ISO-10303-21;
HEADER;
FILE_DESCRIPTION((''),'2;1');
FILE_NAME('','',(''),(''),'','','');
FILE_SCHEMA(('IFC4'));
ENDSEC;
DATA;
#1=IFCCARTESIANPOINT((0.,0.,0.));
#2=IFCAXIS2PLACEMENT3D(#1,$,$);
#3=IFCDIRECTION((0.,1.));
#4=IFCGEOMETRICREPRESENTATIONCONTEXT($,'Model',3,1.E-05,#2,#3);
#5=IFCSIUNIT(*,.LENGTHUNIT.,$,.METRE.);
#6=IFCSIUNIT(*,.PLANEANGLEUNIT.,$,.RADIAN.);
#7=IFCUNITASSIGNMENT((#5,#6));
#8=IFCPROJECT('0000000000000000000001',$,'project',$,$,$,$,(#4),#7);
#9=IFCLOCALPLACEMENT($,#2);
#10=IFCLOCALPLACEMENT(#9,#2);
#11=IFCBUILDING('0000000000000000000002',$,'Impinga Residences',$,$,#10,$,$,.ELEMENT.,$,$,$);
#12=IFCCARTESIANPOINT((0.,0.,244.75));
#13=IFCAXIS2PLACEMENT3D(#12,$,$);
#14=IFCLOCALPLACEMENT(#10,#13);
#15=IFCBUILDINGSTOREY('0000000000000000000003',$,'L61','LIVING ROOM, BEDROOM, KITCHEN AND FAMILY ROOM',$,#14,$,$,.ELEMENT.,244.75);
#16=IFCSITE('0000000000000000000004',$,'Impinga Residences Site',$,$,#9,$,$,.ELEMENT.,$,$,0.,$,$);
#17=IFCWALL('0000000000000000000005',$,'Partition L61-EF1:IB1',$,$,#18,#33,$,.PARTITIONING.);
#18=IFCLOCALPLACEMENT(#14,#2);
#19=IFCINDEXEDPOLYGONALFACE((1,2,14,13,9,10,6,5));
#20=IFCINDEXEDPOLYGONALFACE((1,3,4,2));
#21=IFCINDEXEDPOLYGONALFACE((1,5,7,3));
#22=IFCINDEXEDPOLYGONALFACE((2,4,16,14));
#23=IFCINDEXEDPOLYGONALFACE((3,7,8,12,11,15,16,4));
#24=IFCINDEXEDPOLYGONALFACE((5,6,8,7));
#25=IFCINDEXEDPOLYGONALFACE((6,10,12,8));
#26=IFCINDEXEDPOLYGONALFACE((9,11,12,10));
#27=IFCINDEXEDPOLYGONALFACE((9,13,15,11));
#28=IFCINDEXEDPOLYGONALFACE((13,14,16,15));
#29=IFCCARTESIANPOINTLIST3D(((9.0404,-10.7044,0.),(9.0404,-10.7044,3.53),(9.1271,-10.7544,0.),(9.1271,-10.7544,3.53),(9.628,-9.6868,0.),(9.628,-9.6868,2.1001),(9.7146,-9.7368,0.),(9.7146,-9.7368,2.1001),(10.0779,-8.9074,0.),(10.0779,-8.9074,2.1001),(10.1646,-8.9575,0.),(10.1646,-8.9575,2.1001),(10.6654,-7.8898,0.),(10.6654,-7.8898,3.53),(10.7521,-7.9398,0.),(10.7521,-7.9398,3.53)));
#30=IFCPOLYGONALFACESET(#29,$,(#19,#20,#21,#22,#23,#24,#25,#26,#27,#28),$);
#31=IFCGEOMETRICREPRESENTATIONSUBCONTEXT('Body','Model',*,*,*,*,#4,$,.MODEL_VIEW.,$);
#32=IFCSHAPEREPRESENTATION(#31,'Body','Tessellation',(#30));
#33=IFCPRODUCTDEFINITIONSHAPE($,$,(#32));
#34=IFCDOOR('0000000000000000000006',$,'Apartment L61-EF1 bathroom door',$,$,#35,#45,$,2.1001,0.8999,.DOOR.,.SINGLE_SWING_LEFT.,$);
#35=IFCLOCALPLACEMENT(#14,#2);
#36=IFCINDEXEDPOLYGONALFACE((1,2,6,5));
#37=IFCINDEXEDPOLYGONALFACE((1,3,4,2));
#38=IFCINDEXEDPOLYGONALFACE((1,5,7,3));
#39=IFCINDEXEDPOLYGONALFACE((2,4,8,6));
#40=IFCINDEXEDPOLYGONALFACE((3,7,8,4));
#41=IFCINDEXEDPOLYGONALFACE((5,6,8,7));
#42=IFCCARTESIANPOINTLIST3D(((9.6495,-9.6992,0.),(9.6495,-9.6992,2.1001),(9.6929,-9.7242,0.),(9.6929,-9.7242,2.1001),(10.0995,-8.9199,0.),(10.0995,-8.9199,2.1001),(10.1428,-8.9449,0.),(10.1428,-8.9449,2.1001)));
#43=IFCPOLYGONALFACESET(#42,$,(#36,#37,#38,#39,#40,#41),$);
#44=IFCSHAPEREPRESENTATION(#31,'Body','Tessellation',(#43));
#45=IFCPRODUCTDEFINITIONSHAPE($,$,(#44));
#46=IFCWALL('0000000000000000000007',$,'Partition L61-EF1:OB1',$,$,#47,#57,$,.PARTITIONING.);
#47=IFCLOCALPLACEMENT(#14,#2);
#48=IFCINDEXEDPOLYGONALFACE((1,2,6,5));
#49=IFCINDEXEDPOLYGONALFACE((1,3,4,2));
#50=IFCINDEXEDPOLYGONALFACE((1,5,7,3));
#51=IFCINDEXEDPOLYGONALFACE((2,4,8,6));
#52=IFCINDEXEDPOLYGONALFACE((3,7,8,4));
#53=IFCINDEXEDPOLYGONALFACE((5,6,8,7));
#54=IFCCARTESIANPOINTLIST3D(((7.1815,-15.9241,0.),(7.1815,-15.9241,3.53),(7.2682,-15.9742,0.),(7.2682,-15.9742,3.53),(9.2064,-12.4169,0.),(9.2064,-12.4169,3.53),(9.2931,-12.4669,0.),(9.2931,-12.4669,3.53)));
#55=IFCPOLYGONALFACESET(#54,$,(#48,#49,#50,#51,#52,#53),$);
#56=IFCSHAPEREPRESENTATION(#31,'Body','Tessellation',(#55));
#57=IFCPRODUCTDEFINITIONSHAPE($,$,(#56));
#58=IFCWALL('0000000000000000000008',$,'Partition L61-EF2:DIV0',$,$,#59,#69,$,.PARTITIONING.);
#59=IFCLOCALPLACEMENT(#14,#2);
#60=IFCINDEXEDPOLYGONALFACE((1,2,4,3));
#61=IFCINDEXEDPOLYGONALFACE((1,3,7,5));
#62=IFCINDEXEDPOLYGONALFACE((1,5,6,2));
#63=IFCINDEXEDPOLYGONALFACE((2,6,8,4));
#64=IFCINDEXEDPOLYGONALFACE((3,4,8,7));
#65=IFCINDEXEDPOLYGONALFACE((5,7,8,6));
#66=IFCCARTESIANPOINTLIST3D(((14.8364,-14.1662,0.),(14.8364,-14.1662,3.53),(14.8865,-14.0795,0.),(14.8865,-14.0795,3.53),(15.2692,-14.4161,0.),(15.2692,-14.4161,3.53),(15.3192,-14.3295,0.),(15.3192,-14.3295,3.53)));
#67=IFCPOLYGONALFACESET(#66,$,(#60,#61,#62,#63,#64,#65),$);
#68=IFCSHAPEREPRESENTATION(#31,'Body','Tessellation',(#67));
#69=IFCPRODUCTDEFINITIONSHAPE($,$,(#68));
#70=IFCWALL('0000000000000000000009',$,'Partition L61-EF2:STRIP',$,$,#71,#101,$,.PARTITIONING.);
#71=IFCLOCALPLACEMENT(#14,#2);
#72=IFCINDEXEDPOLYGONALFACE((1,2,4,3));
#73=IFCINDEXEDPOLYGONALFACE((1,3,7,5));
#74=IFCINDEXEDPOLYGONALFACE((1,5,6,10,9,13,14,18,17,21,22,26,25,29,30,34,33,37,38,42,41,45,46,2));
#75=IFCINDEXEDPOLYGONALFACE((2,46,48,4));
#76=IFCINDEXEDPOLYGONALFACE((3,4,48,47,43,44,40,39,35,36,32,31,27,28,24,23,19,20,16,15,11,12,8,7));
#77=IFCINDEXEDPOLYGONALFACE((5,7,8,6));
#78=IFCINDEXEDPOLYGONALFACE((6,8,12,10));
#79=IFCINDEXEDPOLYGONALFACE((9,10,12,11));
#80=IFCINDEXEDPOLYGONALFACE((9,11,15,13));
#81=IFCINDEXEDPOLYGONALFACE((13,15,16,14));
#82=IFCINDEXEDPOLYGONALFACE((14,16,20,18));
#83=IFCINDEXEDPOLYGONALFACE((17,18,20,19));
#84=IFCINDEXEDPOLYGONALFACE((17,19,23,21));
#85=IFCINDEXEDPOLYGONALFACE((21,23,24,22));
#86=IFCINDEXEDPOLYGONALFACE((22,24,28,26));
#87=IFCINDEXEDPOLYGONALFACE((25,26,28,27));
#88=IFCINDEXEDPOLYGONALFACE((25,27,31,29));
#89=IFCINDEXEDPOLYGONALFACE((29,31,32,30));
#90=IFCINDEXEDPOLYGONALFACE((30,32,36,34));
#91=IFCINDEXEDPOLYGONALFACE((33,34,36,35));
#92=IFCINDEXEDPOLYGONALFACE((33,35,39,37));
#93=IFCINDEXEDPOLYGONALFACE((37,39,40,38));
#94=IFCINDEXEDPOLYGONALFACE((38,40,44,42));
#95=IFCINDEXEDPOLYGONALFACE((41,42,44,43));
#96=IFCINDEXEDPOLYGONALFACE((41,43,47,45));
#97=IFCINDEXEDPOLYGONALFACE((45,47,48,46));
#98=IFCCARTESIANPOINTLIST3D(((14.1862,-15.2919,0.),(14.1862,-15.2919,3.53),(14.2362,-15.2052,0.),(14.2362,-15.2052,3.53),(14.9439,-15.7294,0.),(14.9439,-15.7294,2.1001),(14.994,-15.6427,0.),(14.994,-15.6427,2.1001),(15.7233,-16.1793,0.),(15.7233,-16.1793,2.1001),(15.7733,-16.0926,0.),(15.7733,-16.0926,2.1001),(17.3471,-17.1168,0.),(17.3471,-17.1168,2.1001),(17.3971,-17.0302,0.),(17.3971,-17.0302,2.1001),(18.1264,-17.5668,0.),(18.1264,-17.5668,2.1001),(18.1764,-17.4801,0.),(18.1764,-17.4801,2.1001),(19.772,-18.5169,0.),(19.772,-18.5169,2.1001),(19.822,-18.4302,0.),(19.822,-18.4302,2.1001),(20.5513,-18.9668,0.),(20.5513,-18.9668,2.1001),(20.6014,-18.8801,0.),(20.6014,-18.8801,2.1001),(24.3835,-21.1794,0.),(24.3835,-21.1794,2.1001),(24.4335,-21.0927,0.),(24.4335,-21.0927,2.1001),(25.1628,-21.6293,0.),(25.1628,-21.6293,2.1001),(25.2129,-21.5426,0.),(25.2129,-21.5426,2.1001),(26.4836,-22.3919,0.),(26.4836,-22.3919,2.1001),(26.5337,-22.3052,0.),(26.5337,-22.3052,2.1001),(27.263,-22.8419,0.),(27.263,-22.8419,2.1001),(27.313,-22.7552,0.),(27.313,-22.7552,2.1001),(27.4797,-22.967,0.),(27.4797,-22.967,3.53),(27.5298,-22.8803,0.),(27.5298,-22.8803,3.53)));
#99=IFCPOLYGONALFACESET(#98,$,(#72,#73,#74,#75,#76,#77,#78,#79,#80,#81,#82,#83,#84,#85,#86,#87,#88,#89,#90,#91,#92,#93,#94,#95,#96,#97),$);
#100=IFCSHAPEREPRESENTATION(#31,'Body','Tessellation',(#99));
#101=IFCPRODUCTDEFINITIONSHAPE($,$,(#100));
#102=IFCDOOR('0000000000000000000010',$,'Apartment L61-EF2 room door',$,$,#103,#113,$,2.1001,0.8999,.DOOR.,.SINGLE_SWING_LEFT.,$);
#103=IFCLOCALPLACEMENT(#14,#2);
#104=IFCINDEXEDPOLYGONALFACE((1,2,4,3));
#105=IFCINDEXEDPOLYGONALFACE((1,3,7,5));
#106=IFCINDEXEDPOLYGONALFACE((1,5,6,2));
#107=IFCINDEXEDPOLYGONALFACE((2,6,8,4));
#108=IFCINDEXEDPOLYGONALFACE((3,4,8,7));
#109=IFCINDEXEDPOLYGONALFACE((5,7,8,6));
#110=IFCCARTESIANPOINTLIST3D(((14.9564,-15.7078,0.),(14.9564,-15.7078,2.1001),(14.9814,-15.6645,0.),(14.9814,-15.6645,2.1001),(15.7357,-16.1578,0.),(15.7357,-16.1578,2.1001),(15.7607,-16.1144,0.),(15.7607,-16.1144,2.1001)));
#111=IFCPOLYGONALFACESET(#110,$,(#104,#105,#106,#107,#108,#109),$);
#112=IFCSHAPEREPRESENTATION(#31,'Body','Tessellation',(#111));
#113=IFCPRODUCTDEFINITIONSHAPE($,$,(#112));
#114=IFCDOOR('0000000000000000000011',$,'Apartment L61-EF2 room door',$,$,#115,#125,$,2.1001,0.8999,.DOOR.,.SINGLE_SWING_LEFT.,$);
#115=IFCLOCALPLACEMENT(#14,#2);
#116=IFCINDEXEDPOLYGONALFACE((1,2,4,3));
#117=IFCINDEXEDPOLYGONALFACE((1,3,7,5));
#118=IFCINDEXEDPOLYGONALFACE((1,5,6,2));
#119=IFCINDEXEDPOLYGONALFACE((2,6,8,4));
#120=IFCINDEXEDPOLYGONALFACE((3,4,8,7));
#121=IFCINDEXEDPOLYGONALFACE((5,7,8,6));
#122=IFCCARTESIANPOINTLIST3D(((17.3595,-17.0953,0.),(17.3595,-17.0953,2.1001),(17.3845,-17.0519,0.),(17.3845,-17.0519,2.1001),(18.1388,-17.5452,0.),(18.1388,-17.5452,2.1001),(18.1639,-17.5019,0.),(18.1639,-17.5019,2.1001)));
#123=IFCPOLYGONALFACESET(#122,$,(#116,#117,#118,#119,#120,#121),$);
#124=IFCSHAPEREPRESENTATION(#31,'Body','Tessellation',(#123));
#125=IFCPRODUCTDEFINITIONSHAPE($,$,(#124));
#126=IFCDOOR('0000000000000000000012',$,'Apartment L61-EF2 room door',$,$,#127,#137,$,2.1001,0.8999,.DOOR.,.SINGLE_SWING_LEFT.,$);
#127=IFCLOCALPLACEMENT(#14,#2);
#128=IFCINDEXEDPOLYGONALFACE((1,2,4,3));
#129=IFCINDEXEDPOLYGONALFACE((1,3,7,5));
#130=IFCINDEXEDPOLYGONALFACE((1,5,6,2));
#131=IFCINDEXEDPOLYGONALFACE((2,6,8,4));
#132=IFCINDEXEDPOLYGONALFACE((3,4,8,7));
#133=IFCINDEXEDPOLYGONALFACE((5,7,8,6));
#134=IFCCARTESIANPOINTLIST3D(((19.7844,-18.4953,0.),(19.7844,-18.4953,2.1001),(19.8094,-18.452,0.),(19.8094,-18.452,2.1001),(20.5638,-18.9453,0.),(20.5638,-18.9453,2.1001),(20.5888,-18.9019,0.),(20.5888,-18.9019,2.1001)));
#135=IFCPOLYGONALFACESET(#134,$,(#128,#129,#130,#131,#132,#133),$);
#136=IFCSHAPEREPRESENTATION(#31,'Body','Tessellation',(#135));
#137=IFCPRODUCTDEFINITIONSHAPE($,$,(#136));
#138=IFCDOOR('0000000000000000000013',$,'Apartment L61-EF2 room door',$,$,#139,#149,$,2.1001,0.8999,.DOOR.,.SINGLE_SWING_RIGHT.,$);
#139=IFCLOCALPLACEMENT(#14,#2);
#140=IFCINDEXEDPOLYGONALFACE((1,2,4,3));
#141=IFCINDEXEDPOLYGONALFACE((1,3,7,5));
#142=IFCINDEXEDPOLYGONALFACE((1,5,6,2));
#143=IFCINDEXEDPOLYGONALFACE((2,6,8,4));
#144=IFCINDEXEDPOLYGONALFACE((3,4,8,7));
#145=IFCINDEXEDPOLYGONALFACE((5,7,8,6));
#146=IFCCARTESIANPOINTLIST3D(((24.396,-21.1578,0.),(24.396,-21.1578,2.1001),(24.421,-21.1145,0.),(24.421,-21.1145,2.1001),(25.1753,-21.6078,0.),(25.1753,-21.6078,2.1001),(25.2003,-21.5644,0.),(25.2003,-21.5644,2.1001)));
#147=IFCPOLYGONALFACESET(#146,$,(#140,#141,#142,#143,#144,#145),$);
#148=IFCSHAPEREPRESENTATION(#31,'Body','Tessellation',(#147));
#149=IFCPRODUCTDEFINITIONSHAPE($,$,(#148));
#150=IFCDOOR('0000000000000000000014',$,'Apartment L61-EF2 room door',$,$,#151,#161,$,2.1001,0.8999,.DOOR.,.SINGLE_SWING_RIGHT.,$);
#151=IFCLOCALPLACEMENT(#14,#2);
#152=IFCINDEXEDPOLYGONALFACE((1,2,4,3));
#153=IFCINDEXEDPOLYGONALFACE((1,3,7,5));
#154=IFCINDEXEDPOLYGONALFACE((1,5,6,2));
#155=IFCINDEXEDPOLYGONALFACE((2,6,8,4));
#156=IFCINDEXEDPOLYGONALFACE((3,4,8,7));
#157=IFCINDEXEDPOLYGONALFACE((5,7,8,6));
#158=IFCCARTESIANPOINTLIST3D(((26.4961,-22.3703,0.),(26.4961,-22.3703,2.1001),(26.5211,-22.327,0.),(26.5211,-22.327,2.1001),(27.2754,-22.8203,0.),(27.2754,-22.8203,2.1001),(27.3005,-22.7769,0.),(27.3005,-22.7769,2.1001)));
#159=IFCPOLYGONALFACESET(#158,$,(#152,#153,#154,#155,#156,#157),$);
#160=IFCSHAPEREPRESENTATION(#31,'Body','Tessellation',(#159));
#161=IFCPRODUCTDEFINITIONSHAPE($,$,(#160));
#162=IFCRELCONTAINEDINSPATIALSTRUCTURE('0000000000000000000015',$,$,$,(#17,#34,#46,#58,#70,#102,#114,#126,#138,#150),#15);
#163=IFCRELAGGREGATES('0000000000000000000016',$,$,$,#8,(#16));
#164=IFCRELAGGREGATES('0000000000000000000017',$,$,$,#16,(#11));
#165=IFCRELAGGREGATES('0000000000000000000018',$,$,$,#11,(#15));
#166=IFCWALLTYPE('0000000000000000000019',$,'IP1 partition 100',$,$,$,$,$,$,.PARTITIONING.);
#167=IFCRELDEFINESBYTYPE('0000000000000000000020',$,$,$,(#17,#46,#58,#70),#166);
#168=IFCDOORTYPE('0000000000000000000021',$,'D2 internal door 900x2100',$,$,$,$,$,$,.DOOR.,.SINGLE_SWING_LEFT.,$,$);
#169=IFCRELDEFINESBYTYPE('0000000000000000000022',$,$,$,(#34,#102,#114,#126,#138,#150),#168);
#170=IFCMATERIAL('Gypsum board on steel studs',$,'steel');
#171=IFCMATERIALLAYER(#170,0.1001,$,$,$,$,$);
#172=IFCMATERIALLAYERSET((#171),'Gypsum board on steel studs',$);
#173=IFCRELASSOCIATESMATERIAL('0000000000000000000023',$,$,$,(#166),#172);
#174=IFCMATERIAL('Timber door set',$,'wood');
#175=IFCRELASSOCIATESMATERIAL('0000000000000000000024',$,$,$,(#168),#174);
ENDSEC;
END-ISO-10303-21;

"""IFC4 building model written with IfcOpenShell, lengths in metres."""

from ifc_helpers import new_model, si_unit, direction, frame, frame_2d, origin, place, context, subcontext, project, spatial, rectangle, extrude, material, layer, layer_set, type_object, element, fill, save


model = new_model("IFC4")

# Units and contexts
model_context = context("Model", 3, precision=1e-05, world=origin(), true_north=direction((0.0, 1.0)))
body_context = subcontext(model_context, "Body", "Model", "MODEL_VIEW")
ifc_project = project(units=[si_unit("LENGTHUNIT", "METRE"), si_unit("PLANEANGLEUNIT", "RADIAN")], contexts=[model_context])

# Site, building, storey
site_placement = place(None, origin())
site = spatial("IfcSite", under=ifc_project, at=site_placement, Name="Impinga Residences Site", CompositionType="ELEMENT", RefElevation=0.0)
building_placement = place(site_placement, origin())
building = spatial("IfcBuilding", under=site, at=building_placement, Name="Impinga Residences", CompositionType="ELEMENT")
storey_placement = place(building_placement, frame((0.0, 0.0, 244.75)))
storey = spatial("IfcBuildingStorey", under=building, at=storey_placement, Name="L61", Description="LIVING ROOM, BEDROOM, KITCHEN AND FAMILY ROOM", CompositionType="ELEMENT", Elevation=244.75)

# Shared definitions
ifc_material_1 = material(Name="Gypsum board on steel studs", Category="steel")
ifc_layer_1 = layer(ifc_material_1, 0.1001)
ifc_layer_set_1 = layer_set([ifc_layer_1], Name="Gypsum board on steel studs")
wall_type_1 = type_object("IfcWallType", Name="IP1 partition 100", PredefinedType="PARTITIONING", material=ifc_layer_set_1)

# Shared definitions
ifc_material_2 = material(Name="Timber door set", Category="wood")
door_type_1 = type_object("IfcDoorType", Name="D2 internal door 900x2100", OperationType="SINGLE_SWING_LEFT", PredefinedType="DOOR", material=ifc_material_2)

# Wall, opening, door
wall_1_placement = place(storey_placement, frame((10.7087, -7.9148, 0.0), z_axis=(0.0, 0.0, 1.0), x_axis=(-0.499985, -0.866034, 0.0)))
wall_1 = element("IfcWall", 1, at=wall_1_placement, inside=storey, type_object=wall_type_1, Name="Partition L61-EF1:IB1", PredefinedType="PARTITIONING", context=body_context, shape_type="SweptSolid", body=[
    extrude(rectangle(XDim=3.25, YDim=0.1001, at=frame_2d((1.625, 0.0))), origin(), (0.0, 0.0, 1.0), 3.53),
])
opening_1_placement = place(wall_1_placement, frame((1.175, 0.0, 0.0)))
opening_1 = element("IfcOpeningElement", 2, at=opening_1_placement, cuts=wall_1, PredefinedType="OPENING", context=body_context, shape_type="SweptSolid", body=[
    extrude(rectangle(XDim=0.8999, YDim=2.1001, at=frame_2d((0.45, 1.05))), frame((0.0, 0.0601, 0.0), z_axis=(0.0, -1.0, 0.0), x_axis=(1.0, 0.0, 0.0)), (0.0, 0.0, 1.0), 0.1201),
])
door_1_placement = place(opening_1_placement, origin())
door_1 = element("IfcDoor", 3, at=door_1_placement, inside=storey, type_object=door_type_1, Name="Apartment L61-EF1 bathroom door", OperationType="SINGLE_SWING_LEFT", OverallHeight=2.1001, OverallWidth=0.8999, PredefinedType="DOOR", context=body_context, shape_type="SweptSolid", body=[
    extrude(rectangle(XDim=0.8999, YDim=2.1001, at=frame_2d((0.45, 1.05))), frame((0.0, 0.0249, 0.0), z_axis=(0.0, -1.0, 0.0), x_axis=(1.0, 0.0, 0.0)), (0.0, 0.0, 1.0), 0.05),
])
fill(opening_1, door_1)

# Walls
wall_2_placement = place(storey_placement, frame((9.2498, -12.4419, 0.0), z_axis=(0.0, 0.0, 1.0), x_axis=(-0.49999, -0.866031, 0.0)))
element("IfcWall", 4, at=wall_2_placement, inside=storey, type_object=wall_type_1, Name="Partition L61-EF1:OB1", PredefinedType="PARTITIONING", context=body_context, shape_type="SweptSolid", body=[
    extrude(rectangle(XDim=4.0498, YDim=0.1001, at=frame_2d((2.0249, 0.0))), origin(), (0.0, 0.0, 1.0), 3.53),
])
wall_3_placement = place(storey_placement, frame((14.8613, -14.1228, 0.0), z_axis=(0.0, 0.0, 1.0), x_axis=(0.86595, -0.500131, 0.0)))
element("IfcWall", 5, at=wall_3_placement, inside=storey, type_object=wall_type_1, Name="Partition L61-EF2:DIV0", PredefinedType="PARTITIONING", context=body_context, shape_type="SweptSolid", body=[
    extrude(rectangle(XDim=0.4998, YDim=0.1001, at=frame_2d((0.25, 0.0))), origin(), (0.0, 0.0, 1.0), 3.53),
])

# Wall, openings, doors
wall_4_placement = place(storey_placement, frame((14.2112, -15.2485, 0.0), z_axis=(0.0, 0.0, 1.0), x_axis=(0.866023, -0.500003, 0.0)))
wall_4 = element("IfcWall", 6, at=wall_4_placement, inside=storey, type_object=wall_type_1, Name="Partition L61-EF2:STRIP", PredefinedType="PARTITIONING", context=body_context, shape_type="SweptSolid", body=[
    extrude(rectangle(XDim=15.3501, YDim=0.1001, at=frame_2d((7.675, 0.0))), origin(), (0.0, 0.0, 1.0), 3.53),
])
opening_2_placement = place(wall_4_placement, frame((0.875, 0.0, 0.0)))
opening_2 = element("IfcOpeningElement", 7, at=opening_2_placement, cuts=wall_4, PredefinedType="OPENING", context=body_context, shape_type="SweptSolid", body=[
    extrude(rectangle(XDim=0.8999, YDim=2.1001, at=frame_2d((0.45, 1.05))), frame((0.0, 0.0601, 0.0), z_axis=(0.0, -1.0, 0.0), x_axis=(1.0, 0.0, 0.0)), (0.0, 0.0, 1.0), 0.1201),
])
opening_3_placement = place(wall_4_placement, frame((3.6499, 0.0, 0.0)))
opening_3 = element("IfcOpeningElement", 8, at=opening_3_placement, cuts=wall_4, PredefinedType="OPENING", context=body_context, shape_type="SweptSolid", body=[
    extrude(rectangle(XDim=0.8999, YDim=2.1001, at=frame_2d((0.45, 1.05))), frame((0.0, 0.0601, 0.0), z_axis=(0.0, -1.0, 0.0), x_axis=(1.0, 0.0, 0.0)), (0.0, 0.0, 1.0), 0.1201),
])
opening_4_placement = place(wall_4_placement, frame((6.45, 0.0, 0.0)))
opening_4 = element("IfcOpeningElement", 9, at=opening_4_placement, cuts=wall_4, PredefinedType="OPENING", context=body_context, shape_type="SweptSolid", body=[
    extrude(rectangle(XDim=0.8999, YDim=2.1001, at=frame_2d((0.45, 1.05))), frame((0.0, 0.0601, 0.0), z_axis=(0.0, -1.0, 0.0), x_axis=(1.0, 0.0, 0.0)), (0.0, 0.0, 1.0), 0.1201),
])
opening_5_placement = place(wall_4_placement, frame((11.7749, 0.0, 0.0)))
opening_5 = element("IfcOpeningElement", 10, at=opening_5_placement, cuts=wall_4, PredefinedType="OPENING", context=body_context, shape_type="SweptSolid", body=[
    extrude(rectangle(XDim=0.8999, YDim=2.1001, at=frame_2d((0.45, 1.05))), frame((0.0, 0.0601, 0.0), z_axis=(0.0, -1.0, 0.0), x_axis=(1.0, 0.0, 0.0)), (0.0, 0.0, 1.0), 0.1201),
])
opening_6_placement = place(wall_4_placement, frame((14.2, 0.0, 0.0)))
opening_6 = element("IfcOpeningElement", 11, at=opening_6_placement, cuts=wall_4, PredefinedType="OPENING", context=body_context, shape_type="SweptSolid", body=[
    extrude(rectangle(XDim=0.8999, YDim=2.1001, at=frame_2d((0.45, 1.05))), frame((0.0, 0.0601, 0.0), z_axis=(0.0, -1.0, 0.0), x_axis=(1.0, 0.0, 0.0)), (0.0, 0.0, 1.0), 0.1201),
])
door_2_placement = place(opening_2_placement, origin())
door_2 = element("IfcDoor", 12, at=door_2_placement, inside=storey, type_object=door_type_1, Name="Apartment L61-EF2 room door", OperationType="SINGLE_SWING_LEFT", OverallHeight=2.1001, OverallWidth=0.8999, PredefinedType="DOOR", context=body_context, shape_type="SweptSolid", body=[
    extrude(rectangle(XDim=0.8999, YDim=2.1001, at=frame_2d((0.45, 1.05))), frame((0.0, 0.0249, 0.0), z_axis=(0.0, -1.0, 0.0), x_axis=(1.0, 0.0, 0.0)), (0.0, 0.0, 1.0), 0.05),
])
fill(opening_2, door_2)
door_3_placement = place(opening_3_placement, origin())
door_3 = element("IfcDoor", 13, at=door_3_placement, inside=storey, type_object=door_type_1, Name="Apartment L61-EF2 room door", OperationType="SINGLE_SWING_LEFT", OverallHeight=2.1001, OverallWidth=0.8999, PredefinedType="DOOR", context=body_context, shape_type="SweptSolid", body=[
    extrude(rectangle(XDim=0.8999, YDim=2.1001, at=frame_2d((0.45, 1.05))), frame((0.0, 0.0249, 0.0), z_axis=(0.0, -1.0, 0.0), x_axis=(1.0, 0.0, 0.0)), (0.0, 0.0, 1.0), 0.05),
])
fill(opening_3, door_3)
door_4_placement = place(opening_4_placement, origin())
door_4 = element("IfcDoor", 14, at=door_4_placement, inside=storey, type_object=door_type_1, Name="Apartment L61-EF2 room door", OperationType="SINGLE_SWING_LEFT", OverallHeight=2.1001, OverallWidth=0.8999, PredefinedType="DOOR", context=body_context, shape_type="SweptSolid", body=[
    extrude(rectangle(XDim=0.8999, YDim=2.1001, at=frame_2d((0.45, 1.05))), frame((0.0, 0.0249, 0.0), z_axis=(0.0, -1.0, 0.0), x_axis=(1.0, 0.0, 0.0)), (0.0, 0.0, 1.0), 0.05),
])
fill(opening_4, door_4)
door_5_placement = place(opening_5_placement, origin())
door_5 = element("IfcDoor", 15, at=door_5_placement, inside=storey, type_object=door_type_1, Name="Apartment L61-EF2 room door", OperationType="SINGLE_SWING_RIGHT", OverallHeight=2.1001, OverallWidth=0.8999, PredefinedType="DOOR", context=body_context, shape_type="SweptSolid", body=[
    extrude(rectangle(XDim=0.8999, YDim=2.1001, at=frame_2d((0.45, 1.05))), frame((0.0, 0.0249, 0.0), z_axis=(0.0, -1.0, 0.0), x_axis=(1.0, 0.0, 0.0)), (0.0, 0.0, 1.0), 0.05),
])
fill(opening_5, door_5)
door_6_placement = place(opening_6_placement, origin())
door_6 = element("IfcDoor", 16, at=door_6_placement, inside=storey, type_object=door_type_1, Name="Apartment L61-EF2 room door", OperationType="SINGLE_SWING_RIGHT", OverallHeight=2.1001, OverallWidth=0.8999, PredefinedType="DOOR", context=body_context, shape_type="SweptSolid", body=[
    extrude(rectangle(XDim=0.8999, YDim=2.1001, at=frame_2d((0.45, 1.05))), frame((0.0, 0.0249, 0.0), z_axis=(0.0, -1.0, 0.0), x_axis=(1.0, 0.0, 0.0)), (0.0, 0.0, 1.0), 0.05),
])
fill(opening_6, door_6)

save(model, "model.ifc")
